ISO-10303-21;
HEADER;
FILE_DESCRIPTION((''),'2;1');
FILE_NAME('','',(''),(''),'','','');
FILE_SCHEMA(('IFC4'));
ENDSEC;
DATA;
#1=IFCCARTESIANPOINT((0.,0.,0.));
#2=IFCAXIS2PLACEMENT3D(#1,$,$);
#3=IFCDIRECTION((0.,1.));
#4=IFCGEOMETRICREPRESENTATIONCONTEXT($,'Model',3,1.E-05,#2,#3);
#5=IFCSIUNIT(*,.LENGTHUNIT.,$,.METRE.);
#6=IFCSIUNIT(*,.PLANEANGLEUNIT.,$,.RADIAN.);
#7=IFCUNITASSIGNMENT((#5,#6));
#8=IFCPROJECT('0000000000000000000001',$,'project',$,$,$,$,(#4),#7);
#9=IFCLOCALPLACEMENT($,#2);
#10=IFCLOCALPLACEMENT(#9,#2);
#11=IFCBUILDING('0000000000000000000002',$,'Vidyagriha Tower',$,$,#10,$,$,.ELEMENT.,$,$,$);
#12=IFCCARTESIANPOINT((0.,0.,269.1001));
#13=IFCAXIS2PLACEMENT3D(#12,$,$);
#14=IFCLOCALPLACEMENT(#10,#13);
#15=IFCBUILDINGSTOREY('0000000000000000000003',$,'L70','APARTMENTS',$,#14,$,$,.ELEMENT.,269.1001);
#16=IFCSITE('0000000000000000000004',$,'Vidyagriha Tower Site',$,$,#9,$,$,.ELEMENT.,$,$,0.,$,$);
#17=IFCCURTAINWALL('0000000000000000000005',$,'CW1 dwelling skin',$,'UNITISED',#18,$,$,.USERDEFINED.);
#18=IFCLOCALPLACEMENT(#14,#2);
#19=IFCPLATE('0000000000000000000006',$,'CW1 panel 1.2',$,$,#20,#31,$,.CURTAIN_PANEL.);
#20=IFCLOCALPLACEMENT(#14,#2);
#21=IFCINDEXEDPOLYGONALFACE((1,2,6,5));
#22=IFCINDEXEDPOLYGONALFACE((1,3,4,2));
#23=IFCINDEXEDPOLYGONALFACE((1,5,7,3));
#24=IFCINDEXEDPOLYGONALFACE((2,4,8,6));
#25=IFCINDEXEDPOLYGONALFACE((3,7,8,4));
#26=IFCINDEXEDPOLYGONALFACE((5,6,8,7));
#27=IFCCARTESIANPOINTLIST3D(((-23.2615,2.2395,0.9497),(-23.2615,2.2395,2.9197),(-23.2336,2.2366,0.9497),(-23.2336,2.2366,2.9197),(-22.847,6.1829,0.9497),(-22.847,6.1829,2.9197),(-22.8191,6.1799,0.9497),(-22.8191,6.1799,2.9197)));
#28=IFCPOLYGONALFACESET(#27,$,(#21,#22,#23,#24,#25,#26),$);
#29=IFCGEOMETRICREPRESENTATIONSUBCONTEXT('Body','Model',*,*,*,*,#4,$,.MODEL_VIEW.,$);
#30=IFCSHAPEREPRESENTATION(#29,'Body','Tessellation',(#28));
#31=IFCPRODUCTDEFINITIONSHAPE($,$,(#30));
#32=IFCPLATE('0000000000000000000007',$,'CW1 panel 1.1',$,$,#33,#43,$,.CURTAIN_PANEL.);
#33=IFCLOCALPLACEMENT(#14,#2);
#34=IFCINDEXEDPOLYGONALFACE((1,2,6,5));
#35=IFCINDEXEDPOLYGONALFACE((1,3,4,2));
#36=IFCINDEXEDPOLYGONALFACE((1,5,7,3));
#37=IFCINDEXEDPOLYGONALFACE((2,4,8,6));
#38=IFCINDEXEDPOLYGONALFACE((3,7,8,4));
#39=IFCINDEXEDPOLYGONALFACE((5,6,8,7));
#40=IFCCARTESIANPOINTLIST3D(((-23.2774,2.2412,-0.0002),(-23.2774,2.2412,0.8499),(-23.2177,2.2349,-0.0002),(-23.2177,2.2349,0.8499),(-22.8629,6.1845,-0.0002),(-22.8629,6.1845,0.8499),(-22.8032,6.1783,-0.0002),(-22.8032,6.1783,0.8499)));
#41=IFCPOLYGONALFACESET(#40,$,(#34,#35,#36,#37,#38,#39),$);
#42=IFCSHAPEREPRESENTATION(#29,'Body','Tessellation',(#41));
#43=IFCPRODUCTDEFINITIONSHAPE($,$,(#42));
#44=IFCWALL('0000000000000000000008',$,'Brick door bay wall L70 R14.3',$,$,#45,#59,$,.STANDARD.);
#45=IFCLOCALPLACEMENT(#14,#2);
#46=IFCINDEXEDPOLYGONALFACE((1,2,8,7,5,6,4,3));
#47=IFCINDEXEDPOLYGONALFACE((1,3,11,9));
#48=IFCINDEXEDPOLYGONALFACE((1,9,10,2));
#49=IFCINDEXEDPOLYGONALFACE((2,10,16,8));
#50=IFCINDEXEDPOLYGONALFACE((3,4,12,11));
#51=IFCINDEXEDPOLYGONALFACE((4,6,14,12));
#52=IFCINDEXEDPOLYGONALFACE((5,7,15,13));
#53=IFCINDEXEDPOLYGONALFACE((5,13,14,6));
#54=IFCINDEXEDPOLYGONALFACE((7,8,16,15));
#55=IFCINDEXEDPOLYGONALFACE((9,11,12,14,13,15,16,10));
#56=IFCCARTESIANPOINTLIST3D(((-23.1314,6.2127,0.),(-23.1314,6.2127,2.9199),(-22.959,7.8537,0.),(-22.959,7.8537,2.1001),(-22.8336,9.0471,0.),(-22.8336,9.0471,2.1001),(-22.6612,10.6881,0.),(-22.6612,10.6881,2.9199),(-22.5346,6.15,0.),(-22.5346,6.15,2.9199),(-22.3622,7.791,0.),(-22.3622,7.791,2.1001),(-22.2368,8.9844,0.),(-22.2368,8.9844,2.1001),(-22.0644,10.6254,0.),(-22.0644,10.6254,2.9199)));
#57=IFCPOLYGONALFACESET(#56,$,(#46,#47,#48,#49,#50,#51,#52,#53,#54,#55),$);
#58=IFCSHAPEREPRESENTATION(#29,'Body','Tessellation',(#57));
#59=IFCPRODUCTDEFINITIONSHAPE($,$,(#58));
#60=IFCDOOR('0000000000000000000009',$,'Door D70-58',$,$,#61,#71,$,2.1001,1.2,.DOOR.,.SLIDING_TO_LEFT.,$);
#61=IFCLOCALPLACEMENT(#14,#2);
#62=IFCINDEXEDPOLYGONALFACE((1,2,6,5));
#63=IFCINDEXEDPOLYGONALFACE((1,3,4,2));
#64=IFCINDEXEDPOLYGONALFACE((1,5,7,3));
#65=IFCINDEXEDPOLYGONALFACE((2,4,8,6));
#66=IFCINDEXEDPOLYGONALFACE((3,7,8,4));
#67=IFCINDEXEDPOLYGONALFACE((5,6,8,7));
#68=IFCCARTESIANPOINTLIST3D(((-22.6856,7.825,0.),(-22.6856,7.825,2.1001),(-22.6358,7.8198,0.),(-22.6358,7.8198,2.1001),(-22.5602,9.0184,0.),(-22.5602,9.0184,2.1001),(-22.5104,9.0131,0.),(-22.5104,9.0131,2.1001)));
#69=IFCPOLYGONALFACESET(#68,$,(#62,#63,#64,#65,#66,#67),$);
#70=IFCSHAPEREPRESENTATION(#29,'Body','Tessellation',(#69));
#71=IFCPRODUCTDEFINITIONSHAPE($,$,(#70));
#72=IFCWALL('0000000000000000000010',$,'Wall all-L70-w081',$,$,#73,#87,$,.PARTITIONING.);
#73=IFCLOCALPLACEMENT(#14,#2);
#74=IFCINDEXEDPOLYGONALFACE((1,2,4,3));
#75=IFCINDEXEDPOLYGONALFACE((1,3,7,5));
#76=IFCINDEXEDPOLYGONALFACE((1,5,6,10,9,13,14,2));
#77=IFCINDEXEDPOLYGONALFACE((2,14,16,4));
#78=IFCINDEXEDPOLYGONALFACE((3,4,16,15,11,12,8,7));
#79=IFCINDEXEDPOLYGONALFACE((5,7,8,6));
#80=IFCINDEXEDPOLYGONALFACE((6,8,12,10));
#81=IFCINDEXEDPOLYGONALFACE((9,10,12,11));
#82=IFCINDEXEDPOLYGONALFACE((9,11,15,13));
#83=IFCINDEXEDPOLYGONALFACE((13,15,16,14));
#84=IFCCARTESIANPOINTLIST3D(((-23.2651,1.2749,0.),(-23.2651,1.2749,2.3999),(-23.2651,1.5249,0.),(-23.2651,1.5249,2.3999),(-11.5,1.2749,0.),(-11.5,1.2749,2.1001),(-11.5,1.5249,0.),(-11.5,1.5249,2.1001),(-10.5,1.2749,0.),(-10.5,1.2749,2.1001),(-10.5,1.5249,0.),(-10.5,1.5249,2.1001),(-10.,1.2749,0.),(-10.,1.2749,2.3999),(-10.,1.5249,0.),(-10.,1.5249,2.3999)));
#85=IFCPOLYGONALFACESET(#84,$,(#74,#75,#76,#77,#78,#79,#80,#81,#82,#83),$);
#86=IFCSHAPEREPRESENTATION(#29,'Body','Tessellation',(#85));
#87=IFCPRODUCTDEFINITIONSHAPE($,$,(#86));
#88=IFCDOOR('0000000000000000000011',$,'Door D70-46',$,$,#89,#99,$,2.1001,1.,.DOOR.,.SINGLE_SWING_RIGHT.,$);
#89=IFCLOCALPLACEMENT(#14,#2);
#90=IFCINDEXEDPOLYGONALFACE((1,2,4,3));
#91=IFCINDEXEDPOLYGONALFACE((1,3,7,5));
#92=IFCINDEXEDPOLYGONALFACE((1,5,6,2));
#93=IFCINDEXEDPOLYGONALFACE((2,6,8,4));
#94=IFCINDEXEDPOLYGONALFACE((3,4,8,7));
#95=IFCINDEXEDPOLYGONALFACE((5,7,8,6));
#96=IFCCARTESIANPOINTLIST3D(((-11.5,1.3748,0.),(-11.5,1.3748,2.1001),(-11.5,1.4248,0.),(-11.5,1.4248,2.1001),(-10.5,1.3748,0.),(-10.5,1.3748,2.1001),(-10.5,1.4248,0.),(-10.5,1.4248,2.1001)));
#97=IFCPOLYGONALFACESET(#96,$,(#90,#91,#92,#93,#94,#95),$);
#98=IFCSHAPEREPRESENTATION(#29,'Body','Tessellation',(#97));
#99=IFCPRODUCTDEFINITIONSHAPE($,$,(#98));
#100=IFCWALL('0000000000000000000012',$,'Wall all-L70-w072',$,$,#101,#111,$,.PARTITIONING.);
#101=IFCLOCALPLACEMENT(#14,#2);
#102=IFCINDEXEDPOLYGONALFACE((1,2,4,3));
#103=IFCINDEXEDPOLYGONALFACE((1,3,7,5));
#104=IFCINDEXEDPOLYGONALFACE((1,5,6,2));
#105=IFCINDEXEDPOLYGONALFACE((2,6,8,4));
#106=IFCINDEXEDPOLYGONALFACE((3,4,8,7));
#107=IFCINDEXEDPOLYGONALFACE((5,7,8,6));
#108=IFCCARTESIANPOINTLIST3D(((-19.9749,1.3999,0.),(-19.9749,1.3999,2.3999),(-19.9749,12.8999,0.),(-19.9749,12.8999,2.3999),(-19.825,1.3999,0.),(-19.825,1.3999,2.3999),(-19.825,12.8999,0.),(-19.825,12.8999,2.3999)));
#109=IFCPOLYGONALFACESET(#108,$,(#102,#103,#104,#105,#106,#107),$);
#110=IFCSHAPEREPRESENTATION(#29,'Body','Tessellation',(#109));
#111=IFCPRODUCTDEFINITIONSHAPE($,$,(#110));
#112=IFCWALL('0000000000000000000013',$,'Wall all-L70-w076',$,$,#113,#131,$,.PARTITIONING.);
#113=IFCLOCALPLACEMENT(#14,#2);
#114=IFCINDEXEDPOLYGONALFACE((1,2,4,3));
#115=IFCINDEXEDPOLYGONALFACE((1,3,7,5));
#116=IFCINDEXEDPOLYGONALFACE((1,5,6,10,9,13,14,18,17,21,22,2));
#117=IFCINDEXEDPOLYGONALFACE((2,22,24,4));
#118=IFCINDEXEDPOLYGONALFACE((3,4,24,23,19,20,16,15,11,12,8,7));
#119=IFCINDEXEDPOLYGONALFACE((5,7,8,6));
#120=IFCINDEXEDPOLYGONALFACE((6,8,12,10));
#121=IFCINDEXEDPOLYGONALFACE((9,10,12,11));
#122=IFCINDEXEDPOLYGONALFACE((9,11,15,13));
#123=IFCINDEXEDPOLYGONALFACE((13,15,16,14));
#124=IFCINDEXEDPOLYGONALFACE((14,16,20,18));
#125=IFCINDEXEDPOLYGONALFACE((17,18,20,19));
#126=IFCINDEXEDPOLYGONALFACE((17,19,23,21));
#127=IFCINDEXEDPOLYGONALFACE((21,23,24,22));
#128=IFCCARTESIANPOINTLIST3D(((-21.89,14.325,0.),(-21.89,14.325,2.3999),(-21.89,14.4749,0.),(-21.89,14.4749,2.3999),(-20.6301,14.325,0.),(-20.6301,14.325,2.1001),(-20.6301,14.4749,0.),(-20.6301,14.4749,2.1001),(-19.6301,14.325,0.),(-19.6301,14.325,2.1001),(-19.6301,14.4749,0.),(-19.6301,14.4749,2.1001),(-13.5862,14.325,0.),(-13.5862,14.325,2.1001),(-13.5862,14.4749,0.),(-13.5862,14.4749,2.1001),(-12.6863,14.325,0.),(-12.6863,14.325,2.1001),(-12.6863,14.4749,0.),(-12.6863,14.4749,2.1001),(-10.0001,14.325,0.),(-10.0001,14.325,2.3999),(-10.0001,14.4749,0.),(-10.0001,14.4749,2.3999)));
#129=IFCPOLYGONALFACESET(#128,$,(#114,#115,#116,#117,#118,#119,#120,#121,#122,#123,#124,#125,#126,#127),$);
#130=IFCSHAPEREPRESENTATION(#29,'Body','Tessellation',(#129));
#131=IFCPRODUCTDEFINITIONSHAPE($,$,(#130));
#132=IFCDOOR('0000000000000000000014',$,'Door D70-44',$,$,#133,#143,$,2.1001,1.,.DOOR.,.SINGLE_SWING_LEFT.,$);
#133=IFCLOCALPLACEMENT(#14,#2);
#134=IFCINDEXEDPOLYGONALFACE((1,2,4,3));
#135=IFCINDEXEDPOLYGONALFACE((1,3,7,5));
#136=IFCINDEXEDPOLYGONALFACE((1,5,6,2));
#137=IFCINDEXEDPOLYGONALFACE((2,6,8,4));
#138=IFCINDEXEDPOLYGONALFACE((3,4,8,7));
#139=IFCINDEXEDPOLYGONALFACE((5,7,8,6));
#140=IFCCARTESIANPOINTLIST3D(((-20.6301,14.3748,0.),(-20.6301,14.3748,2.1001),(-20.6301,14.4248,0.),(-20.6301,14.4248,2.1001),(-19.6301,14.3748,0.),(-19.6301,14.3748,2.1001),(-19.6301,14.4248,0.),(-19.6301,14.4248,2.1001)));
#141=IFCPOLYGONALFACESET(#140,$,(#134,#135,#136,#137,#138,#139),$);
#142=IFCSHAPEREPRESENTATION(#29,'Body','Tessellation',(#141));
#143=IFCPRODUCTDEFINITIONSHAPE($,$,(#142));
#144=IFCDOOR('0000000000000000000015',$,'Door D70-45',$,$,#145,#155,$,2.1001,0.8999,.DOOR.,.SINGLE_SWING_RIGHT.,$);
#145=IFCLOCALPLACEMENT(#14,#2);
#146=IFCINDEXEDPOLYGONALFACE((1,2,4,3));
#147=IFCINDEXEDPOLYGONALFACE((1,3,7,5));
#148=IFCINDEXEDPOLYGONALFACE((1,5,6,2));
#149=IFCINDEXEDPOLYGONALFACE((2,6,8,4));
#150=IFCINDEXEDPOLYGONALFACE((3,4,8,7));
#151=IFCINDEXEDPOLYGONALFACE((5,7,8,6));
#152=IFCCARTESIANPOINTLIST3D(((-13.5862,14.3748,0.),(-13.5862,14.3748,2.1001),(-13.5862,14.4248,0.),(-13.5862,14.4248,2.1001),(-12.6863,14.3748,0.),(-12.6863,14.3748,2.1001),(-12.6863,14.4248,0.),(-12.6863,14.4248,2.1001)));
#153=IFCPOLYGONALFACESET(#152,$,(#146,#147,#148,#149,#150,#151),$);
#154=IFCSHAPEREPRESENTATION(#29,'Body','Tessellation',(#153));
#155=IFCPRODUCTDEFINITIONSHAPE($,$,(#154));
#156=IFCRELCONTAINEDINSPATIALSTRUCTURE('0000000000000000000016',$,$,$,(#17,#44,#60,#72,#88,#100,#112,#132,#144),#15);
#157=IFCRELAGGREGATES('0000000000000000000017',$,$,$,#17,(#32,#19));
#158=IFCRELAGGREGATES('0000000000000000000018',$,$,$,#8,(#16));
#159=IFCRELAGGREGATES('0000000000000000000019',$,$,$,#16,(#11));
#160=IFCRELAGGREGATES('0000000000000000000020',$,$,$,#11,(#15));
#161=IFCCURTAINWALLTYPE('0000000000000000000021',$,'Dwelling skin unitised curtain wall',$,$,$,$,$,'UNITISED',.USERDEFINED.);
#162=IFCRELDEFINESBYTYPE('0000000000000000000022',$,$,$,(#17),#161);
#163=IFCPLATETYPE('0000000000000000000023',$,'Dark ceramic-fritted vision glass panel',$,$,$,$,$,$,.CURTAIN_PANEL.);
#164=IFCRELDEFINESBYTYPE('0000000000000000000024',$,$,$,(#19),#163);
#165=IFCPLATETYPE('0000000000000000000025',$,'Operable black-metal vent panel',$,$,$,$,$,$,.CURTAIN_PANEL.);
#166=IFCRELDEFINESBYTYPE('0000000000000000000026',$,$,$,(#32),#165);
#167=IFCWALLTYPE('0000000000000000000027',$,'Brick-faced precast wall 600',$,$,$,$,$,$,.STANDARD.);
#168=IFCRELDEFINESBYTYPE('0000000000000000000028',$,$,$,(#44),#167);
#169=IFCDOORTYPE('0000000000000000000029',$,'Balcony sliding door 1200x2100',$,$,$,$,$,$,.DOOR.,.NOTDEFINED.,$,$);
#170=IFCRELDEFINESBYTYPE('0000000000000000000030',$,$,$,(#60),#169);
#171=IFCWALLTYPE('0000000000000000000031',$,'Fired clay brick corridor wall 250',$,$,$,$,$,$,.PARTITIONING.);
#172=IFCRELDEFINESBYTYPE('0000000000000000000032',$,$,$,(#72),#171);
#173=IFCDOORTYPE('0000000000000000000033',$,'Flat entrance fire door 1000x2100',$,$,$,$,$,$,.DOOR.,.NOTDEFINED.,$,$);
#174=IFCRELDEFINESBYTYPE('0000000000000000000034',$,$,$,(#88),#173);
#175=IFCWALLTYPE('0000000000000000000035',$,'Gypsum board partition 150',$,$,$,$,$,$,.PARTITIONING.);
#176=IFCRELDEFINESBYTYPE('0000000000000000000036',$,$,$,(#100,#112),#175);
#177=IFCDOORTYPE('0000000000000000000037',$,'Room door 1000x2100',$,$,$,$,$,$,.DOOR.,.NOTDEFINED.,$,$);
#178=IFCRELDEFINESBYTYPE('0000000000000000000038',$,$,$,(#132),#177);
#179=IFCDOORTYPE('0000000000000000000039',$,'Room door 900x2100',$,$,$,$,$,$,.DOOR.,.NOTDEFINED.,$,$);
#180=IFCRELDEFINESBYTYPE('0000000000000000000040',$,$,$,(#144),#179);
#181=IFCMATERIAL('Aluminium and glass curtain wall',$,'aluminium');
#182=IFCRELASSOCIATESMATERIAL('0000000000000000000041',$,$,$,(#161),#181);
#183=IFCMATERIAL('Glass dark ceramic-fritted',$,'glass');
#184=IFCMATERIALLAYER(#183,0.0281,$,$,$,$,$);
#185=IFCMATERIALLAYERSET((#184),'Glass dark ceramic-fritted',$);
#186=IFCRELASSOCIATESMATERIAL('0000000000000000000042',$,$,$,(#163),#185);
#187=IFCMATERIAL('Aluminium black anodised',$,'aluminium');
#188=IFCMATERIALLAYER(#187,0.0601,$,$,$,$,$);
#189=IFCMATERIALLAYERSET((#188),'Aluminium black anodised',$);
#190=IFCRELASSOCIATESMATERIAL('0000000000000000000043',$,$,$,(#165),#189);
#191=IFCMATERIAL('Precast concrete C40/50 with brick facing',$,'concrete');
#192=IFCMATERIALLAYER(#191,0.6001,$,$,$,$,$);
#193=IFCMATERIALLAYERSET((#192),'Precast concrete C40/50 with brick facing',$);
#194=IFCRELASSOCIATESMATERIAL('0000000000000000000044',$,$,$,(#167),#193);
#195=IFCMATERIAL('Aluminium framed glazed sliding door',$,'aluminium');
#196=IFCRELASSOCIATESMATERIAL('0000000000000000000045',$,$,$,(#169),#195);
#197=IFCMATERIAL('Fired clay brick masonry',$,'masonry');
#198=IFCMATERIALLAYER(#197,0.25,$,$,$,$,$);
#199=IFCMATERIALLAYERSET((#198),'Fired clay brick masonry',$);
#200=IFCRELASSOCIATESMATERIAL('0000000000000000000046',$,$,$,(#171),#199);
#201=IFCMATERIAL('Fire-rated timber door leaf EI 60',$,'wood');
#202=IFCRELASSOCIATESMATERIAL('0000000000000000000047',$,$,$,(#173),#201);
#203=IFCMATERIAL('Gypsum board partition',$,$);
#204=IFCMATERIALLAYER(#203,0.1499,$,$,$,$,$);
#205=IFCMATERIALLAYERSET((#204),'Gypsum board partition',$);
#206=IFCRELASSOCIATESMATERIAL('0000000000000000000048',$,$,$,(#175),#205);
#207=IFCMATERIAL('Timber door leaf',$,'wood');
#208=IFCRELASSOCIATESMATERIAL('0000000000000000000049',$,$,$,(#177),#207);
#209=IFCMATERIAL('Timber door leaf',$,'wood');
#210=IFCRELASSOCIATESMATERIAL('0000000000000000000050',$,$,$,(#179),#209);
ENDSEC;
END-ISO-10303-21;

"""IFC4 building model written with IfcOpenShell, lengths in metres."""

from ifc_helpers import new_model, si_unit, direction, frame, frame_2d, origin, origin_2d, place, context, subcontext, project, spatial, rectangle, extrude, material, layer, layer_set, type_object, element, fill, aggregate, save


model = new_model("IFC4")

# Units and contexts
model_context = context("Model", 3, precision=1e-05, world=origin(), true_north=direction((0.0, 1.0)))
body_context = subcontext(model_context, "Body", "Model", "MODEL_VIEW")
ifc_project = project(units=[si_unit("LENGTHUNIT", "METRE"), si_unit("PLANEANGLEUNIT", "RADIAN")], contexts=[model_context])

# Site, building, storey
site_placement = place(None, origin())
site = spatial("IfcSite", under=ifc_project, at=site_placement, Name="Vidyagriha Tower Site", CompositionType="ELEMENT", RefElevation=0.0)
building_placement = place(site_placement, origin())
building = spatial("IfcBuilding", under=site, at=building_placement, Name="Vidyagriha Tower", CompositionType="ELEMENT")
storey_placement = place(building_placement, frame((0.0, 0.0, 269.1001)))
storey = spatial("IfcBuildingStorey", under=building, at=storey_placement, Name="L70", Description="APARTMENTS", CompositionType="ELEMENT", Elevation=269.1001)

# Curtain wall
ifc_material_1 = material(Name="Aluminium and glass curtain wall", Category="aluminium")
curtain_wall_type = type_object("IfcCurtainWallType", Name="Dwelling skin unitised curtain wall", ElementType="UNITISED", PredefinedType="USERDEFINED", material=ifc_material_1)
curtain_wall_1_placement = place(storey_placement, origin())
curtain_wall_1 = element("IfcCurtainWall", 1, at=curtain_wall_1_placement, inside=storey, type_object=curtain_wall_type, Name="CW1 dwelling skin", ObjectType="UNITISED", PredefinedType="USERDEFINED")

# Shared definitions
ifc_material_2 = material(Name="Glass dark ceramic-fritted", Category="glass")
ifc_layer_1 = layer(ifc_material_2, 0.0281)
ifc_layer_set_1 = layer_set([ifc_layer_1], Name="Glass dark ceramic-fritted")
plate_type_1 = type_object("IfcPlateType", Name="Dark ceramic-fritted vision glass panel", PredefinedType="CURTAIN_PANEL", material=ifc_layer_set_1)

# Plates
plate_1_placement = place(storey_placement, frame((-23.0403, 4.2097, 0.9497), z_axis=(0.0, 0.0, 1.0), x_axis=(-0.104533, -0.994521, 0.0)))
plate_1 = element("IfcPlate", 2, at=plate_1_placement, type_object=plate_type_1, Name="CW1 panel 1.2", PredefinedType="CURTAIN_PANEL", context=body_context, shape_type="SweptSolid", body=[
    extrude(rectangle(XDim=3.9651, YDim=0.0281, at=origin_2d()), origin(), (0.0, 0.0, 1.0), 1.97),
])
ifc_material_3 = material(Name="Aluminium black anodised", Category="aluminium")
ifc_layer_2 = layer(ifc_material_3, 0.0601)
ifc_layer_set_2 = layer_set([ifc_layer_2], Name="Aluminium black anodised")
plate_type_2 = type_object("IfcPlateType", Name="Operable black-metal vent panel", PredefinedType="CURTAIN_PANEL", material=ifc_layer_set_2)
plate_2_placement = place(storey_placement, frame((-23.0403, 4.2097, -0.0002), z_axis=(0.0, 0.0, 1.0), x_axis=(-0.104533, -0.994521, 0.0)))
plate_2 = element("IfcPlate", 3, at=plate_2_placement, type_object=plate_type_2, Name="CW1 panel 1.1", PredefinedType="CURTAIN_PANEL", context=body_context, shape_type="SweptSolid", body=[
    extrude(rectangle(XDim=3.9651, YDim=0.0601, at=origin_2d()), origin(), (0.0, 0.0, 1.0), 0.8501),
])
aggregate(curtain_wall_1, [plate_2, plate_1])

# Walls, openings, doors
ifc_material_4 = material(Name="Precast concrete C40/50 with brick facing", Category="concrete")
ifc_layer_3 = layer(ifc_material_4, 0.6001)
ifc_layer_set_3 = layer_set([ifc_layer_3], Name="Precast concrete C40/50 with brick facing")
wall_type_1 = type_object("IfcWallType", Name="Brick-faced precast wall 600", PredefinedType="STANDARD", material=ifc_layer_set_3)
wall_1_placement = place(storey_placement, frame((-22.3628, 10.6567, 0.0), z_axis=(0.0, 0.0, 1.0), x_axis=(-0.104493, -0.994526, 0.0)))
wall_1 = element("IfcWall", 4, at=wall_1_placement, inside=storey, type_object=wall_type_1, Name="Brick door bay wall L70 R14.3", PredefinedType="STANDARD", context=body_context, shape_type="SweptSolid", body=[
    extrude(rectangle(XDim=4.5, YDim=0.6001, at=frame_2d((2.25, 0.0))), origin(), (0.0, 0.0, 1.0), 2.9199),
])
opening_1_placement = place(wall_1_placement, frame((1.6499, 0.0, 0.0)))
opening_1 = element("IfcOpeningElement", 5, at=opening_1_placement, cuts=wall_1, PredefinedType="OPENING", context=body_context, shape_type="SweptSolid", body=[
    extrude(rectangle(XDim=1.2, YDim=2.1001, at=frame_2d((0.6001, 1.05))), frame((0.0, 0.3101, 0.0), z_axis=(0.0, -1.0, 0.0), x_axis=(1.0, 0.0, 0.0)), (0.0, 0.0, 1.0), 0.6201),
])
ifc_material_5 = material(Name="Aluminium framed glazed sliding door", Category="aluminium")
door_type_1 = type_object("IfcDoorType", Name="Balcony sliding door 1200x2100", OperationType="NOTDEFINED", PredefinedType="DOOR", material=ifc_material_5)
door_1_placement = place(opening_1_placement, origin())
door_1 = element("IfcDoor", 6, at=door_1_placement, inside=storey, type_object=door_type_1, Name="Door D70-58", OperationType="SLIDING_TO_LEFT", OverallHeight=2.1001, OverallWidth=1.2, PredefinedType="DOOR", context=body_context, shape_type="SweptSolid", body=[
    extrude(rectangle(XDim=1.2, YDim=2.1001, at=frame_2d((0.6001, 1.05))), frame((0.0, 0.0249, 0.0), z_axis=(0.0, -1.0, 0.0), x_axis=(1.0, 0.0, 0.0)), (0.0, 0.0, 1.0), 0.05),
])
fill(opening_1, door_1)
ifc_material_6 = material(Name="Fired clay brick masonry", Category="masonry")
ifc_layer_4 = layer(ifc_material_6, 0.25)
ifc_layer_set_4 = layer_set([ifc_layer_4], Name="Fired clay brick masonry")
wall_type_2 = type_object("IfcWallType", Name="Fired clay brick corridor wall 250", PredefinedType="PARTITIONING", material=ifc_layer_set_4)
wall_2_placement = place(storey_placement, frame((-23.2651, 1.3999, 0.0)))
wall_2 = element("IfcWall", 7, at=wall_2_placement, inside=storey, type_object=wall_type_2, Name="Wall all-L70-w081", PredefinedType="PARTITIONING", context=body_context, shape_type="SweptSolid", body=[
    extrude(rectangle(XDim=13.2651, YDim=0.25, at=frame_2d((6.6326, 0.0))), origin(), (0.0, 0.0, 1.0), 2.3999),
])
opening_2_placement = place(wall_2_placement, frame((11.7651, 0.0, 0.0)))
opening_2 = element("IfcOpeningElement", 8, at=opening_2_placement, cuts=wall_2, PredefinedType="OPENING", context=body_context, shape_type="SweptSolid", body=[
    extrude(rectangle(XDim=1.0, YDim=2.1001, at=frame_2d((0.5, 1.05))), frame((0.0, 0.135, 0.0), z_axis=(0.0, -1.0, 0.0), x_axis=(1.0, 0.0, 0.0)), (0.0, 0.0, 1.0), 0.27),
])
ifc_material_7 = material(Name="Fire-rated timber door leaf EI 60", Category="wood")
door_type_2 = type_object("IfcDoorType", Name="Flat entrance fire door 1000x2100", OperationType="NOTDEFINED", PredefinedType="DOOR", material=ifc_material_7)
door_2_placement = place(opening_2_placement, origin())
door_2 = element("IfcDoor", 9, at=door_2_placement, inside=storey, type_object=door_type_2, Name="Door D70-46", OperationType="SINGLE_SWING_RIGHT", OverallHeight=2.1001, OverallWidth=1.0, PredefinedType="DOOR", context=body_context, shape_type="SweptSolid", body=[
    extrude(rectangle(XDim=1.0, YDim=2.1001, at=frame_2d((0.5, 1.05))), frame((0.0, 0.0249, 0.0), z_axis=(0.0, -1.0, 0.0), x_axis=(1.0, 0.0, 0.0)), (0.0, 0.0, 1.0), 0.05),
])
fill(opening_2, door_2)

# Wall
ifc_material_8 = material(Name="Gypsum board partition")
ifc_layer_5 = layer(ifc_material_8, 0.1499)
ifc_layer_set_5 = layer_set([ifc_layer_5], Name="Gypsum board partition")
wall_type_3 = type_object("IfcWallType", Name="Gypsum board partition 150", PredefinedType="PARTITIONING", material=ifc_layer_set_5)
wall_3_placement = place(storey_placement, frame((-19.8999, 1.3999, 0.0), z_axis=(0.0, 0.0, 1.0), x_axis=(0.0, 1.0, 0.0)))
element("IfcWall", 10, at=wall_3_placement, inside=storey, type_object=wall_type_3, Name="Wall all-L70-w072", PredefinedType="PARTITIONING", context=body_context, shape_type="SweptSolid", body=[
    extrude(rectangle(XDim=11.5, YDim=0.1499, at=frame_2d((5.75, 0.0))), origin(), (0.0, 0.0, 1.0), 2.3999),
])

# Wall, openings, doors
wall_4_placement = place(storey_placement, frame((-21.8899, 14.3999, 0.0)))
wall_4 = element("IfcWall", 11, at=wall_4_placement, inside=storey, type_object=wall_type_3, Name="Wall all-L70-w076", PredefinedType="PARTITIONING", context=body_context, shape_type="SweptSolid", body=[
    extrude(rectangle(XDim=11.8899, YDim=0.1499, at=frame_2d((5.9448, 0.0))), origin(), (0.0, 0.0, 1.0), 2.3999),
])
opening_3_placement = place(wall_4_placement, frame((1.2598, 0.0, 0.0)))
opening_3 = element("IfcOpeningElement", 12, at=opening_3_placement, cuts=wall_4, PredefinedType="OPENING", context=body_context, shape_type="SweptSolid", body=[
    extrude(rectangle(XDim=1.0, YDim=2.1001, at=frame_2d((0.5, 1.05))), frame((0.0, 0.085, 0.0), z_axis=(0.0, -1.0, 0.0), x_axis=(1.0, 0.0, 0.0)), (0.0, 0.0, 1.0), 0.1699),
])
opening_4_placement = place(wall_4_placement, frame((8.3037, 0.0, 0.0)))
opening_4 = element("IfcOpeningElement", 13, at=opening_4_placement, cuts=wall_4, PredefinedType="OPENING", context=body_context, shape_type="SweptSolid", body=[
    extrude(rectangle(XDim=0.8999, YDim=2.1001, at=frame_2d((0.45, 1.05))), frame((0.0, 0.085, 0.0), z_axis=(0.0, -1.0, 0.0), x_axis=(1.0, 0.0, 0.0)), (0.0, 0.0, 1.0), 0.1699),
])
ifc_material_9 = material(Name="Timber door leaf", Category="wood")
door_type_3 = type_object("IfcDoorType", Name="Room door 1000x2100", OperationType="NOTDEFINED", PredefinedType="DOOR", material=ifc_material_9)
door_3_placement = place(opening_3_placement, origin())
door_3 = element("IfcDoor", 14, at=door_3_placement, inside=storey, type_object=door_type_3, Name="Door D70-44", OperationType="SINGLE_SWING_LEFT", OverallHeight=2.1001, OverallWidth=1.0, PredefinedType="DOOR", context=body_context, shape_type="SweptSolid", body=[
    extrude(rectangle(XDim=1.0, YDim=2.1001, at=frame_2d((0.5, 1.05))), frame((0.0, 0.0249, 0.0), z_axis=(0.0, -1.0, 0.0), x_axis=(1.0, 0.0, 0.0)), (0.0, 0.0, 1.0), 0.05),
])
fill(opening_3, door_3)
ifc_material_10 = material(Name="Timber door leaf", Category="wood")
door_type_4 = type_object("IfcDoorType", Name="Room door 900x2100", OperationType="NOTDEFINED", PredefinedType="DOOR", material=ifc_material_10)
door_4_placement = place(opening_4_placement, origin())
door_4 = element("IfcDoor", 15, at=door_4_placement, inside=storey, type_object=door_type_4, Name="Door D70-45", OperationType="SINGLE_SWING_RIGHT", OverallHeight=2.1001, OverallWidth=0.8999, PredefinedType="DOOR", context=body_context, shape_type="SweptSolid", body=[
    extrude(rectangle(XDim=0.8999, YDim=2.1001, at=frame_2d((0.45, 1.05))), frame((0.0, 0.0249, 0.0), z_axis=(0.0, -1.0, 0.0), x_axis=(1.0, 0.0, 0.0)), (0.0, 0.0, 1.0), 0.05),
])
fill(opening_4, door_4)

save(model, "model.ifc")
